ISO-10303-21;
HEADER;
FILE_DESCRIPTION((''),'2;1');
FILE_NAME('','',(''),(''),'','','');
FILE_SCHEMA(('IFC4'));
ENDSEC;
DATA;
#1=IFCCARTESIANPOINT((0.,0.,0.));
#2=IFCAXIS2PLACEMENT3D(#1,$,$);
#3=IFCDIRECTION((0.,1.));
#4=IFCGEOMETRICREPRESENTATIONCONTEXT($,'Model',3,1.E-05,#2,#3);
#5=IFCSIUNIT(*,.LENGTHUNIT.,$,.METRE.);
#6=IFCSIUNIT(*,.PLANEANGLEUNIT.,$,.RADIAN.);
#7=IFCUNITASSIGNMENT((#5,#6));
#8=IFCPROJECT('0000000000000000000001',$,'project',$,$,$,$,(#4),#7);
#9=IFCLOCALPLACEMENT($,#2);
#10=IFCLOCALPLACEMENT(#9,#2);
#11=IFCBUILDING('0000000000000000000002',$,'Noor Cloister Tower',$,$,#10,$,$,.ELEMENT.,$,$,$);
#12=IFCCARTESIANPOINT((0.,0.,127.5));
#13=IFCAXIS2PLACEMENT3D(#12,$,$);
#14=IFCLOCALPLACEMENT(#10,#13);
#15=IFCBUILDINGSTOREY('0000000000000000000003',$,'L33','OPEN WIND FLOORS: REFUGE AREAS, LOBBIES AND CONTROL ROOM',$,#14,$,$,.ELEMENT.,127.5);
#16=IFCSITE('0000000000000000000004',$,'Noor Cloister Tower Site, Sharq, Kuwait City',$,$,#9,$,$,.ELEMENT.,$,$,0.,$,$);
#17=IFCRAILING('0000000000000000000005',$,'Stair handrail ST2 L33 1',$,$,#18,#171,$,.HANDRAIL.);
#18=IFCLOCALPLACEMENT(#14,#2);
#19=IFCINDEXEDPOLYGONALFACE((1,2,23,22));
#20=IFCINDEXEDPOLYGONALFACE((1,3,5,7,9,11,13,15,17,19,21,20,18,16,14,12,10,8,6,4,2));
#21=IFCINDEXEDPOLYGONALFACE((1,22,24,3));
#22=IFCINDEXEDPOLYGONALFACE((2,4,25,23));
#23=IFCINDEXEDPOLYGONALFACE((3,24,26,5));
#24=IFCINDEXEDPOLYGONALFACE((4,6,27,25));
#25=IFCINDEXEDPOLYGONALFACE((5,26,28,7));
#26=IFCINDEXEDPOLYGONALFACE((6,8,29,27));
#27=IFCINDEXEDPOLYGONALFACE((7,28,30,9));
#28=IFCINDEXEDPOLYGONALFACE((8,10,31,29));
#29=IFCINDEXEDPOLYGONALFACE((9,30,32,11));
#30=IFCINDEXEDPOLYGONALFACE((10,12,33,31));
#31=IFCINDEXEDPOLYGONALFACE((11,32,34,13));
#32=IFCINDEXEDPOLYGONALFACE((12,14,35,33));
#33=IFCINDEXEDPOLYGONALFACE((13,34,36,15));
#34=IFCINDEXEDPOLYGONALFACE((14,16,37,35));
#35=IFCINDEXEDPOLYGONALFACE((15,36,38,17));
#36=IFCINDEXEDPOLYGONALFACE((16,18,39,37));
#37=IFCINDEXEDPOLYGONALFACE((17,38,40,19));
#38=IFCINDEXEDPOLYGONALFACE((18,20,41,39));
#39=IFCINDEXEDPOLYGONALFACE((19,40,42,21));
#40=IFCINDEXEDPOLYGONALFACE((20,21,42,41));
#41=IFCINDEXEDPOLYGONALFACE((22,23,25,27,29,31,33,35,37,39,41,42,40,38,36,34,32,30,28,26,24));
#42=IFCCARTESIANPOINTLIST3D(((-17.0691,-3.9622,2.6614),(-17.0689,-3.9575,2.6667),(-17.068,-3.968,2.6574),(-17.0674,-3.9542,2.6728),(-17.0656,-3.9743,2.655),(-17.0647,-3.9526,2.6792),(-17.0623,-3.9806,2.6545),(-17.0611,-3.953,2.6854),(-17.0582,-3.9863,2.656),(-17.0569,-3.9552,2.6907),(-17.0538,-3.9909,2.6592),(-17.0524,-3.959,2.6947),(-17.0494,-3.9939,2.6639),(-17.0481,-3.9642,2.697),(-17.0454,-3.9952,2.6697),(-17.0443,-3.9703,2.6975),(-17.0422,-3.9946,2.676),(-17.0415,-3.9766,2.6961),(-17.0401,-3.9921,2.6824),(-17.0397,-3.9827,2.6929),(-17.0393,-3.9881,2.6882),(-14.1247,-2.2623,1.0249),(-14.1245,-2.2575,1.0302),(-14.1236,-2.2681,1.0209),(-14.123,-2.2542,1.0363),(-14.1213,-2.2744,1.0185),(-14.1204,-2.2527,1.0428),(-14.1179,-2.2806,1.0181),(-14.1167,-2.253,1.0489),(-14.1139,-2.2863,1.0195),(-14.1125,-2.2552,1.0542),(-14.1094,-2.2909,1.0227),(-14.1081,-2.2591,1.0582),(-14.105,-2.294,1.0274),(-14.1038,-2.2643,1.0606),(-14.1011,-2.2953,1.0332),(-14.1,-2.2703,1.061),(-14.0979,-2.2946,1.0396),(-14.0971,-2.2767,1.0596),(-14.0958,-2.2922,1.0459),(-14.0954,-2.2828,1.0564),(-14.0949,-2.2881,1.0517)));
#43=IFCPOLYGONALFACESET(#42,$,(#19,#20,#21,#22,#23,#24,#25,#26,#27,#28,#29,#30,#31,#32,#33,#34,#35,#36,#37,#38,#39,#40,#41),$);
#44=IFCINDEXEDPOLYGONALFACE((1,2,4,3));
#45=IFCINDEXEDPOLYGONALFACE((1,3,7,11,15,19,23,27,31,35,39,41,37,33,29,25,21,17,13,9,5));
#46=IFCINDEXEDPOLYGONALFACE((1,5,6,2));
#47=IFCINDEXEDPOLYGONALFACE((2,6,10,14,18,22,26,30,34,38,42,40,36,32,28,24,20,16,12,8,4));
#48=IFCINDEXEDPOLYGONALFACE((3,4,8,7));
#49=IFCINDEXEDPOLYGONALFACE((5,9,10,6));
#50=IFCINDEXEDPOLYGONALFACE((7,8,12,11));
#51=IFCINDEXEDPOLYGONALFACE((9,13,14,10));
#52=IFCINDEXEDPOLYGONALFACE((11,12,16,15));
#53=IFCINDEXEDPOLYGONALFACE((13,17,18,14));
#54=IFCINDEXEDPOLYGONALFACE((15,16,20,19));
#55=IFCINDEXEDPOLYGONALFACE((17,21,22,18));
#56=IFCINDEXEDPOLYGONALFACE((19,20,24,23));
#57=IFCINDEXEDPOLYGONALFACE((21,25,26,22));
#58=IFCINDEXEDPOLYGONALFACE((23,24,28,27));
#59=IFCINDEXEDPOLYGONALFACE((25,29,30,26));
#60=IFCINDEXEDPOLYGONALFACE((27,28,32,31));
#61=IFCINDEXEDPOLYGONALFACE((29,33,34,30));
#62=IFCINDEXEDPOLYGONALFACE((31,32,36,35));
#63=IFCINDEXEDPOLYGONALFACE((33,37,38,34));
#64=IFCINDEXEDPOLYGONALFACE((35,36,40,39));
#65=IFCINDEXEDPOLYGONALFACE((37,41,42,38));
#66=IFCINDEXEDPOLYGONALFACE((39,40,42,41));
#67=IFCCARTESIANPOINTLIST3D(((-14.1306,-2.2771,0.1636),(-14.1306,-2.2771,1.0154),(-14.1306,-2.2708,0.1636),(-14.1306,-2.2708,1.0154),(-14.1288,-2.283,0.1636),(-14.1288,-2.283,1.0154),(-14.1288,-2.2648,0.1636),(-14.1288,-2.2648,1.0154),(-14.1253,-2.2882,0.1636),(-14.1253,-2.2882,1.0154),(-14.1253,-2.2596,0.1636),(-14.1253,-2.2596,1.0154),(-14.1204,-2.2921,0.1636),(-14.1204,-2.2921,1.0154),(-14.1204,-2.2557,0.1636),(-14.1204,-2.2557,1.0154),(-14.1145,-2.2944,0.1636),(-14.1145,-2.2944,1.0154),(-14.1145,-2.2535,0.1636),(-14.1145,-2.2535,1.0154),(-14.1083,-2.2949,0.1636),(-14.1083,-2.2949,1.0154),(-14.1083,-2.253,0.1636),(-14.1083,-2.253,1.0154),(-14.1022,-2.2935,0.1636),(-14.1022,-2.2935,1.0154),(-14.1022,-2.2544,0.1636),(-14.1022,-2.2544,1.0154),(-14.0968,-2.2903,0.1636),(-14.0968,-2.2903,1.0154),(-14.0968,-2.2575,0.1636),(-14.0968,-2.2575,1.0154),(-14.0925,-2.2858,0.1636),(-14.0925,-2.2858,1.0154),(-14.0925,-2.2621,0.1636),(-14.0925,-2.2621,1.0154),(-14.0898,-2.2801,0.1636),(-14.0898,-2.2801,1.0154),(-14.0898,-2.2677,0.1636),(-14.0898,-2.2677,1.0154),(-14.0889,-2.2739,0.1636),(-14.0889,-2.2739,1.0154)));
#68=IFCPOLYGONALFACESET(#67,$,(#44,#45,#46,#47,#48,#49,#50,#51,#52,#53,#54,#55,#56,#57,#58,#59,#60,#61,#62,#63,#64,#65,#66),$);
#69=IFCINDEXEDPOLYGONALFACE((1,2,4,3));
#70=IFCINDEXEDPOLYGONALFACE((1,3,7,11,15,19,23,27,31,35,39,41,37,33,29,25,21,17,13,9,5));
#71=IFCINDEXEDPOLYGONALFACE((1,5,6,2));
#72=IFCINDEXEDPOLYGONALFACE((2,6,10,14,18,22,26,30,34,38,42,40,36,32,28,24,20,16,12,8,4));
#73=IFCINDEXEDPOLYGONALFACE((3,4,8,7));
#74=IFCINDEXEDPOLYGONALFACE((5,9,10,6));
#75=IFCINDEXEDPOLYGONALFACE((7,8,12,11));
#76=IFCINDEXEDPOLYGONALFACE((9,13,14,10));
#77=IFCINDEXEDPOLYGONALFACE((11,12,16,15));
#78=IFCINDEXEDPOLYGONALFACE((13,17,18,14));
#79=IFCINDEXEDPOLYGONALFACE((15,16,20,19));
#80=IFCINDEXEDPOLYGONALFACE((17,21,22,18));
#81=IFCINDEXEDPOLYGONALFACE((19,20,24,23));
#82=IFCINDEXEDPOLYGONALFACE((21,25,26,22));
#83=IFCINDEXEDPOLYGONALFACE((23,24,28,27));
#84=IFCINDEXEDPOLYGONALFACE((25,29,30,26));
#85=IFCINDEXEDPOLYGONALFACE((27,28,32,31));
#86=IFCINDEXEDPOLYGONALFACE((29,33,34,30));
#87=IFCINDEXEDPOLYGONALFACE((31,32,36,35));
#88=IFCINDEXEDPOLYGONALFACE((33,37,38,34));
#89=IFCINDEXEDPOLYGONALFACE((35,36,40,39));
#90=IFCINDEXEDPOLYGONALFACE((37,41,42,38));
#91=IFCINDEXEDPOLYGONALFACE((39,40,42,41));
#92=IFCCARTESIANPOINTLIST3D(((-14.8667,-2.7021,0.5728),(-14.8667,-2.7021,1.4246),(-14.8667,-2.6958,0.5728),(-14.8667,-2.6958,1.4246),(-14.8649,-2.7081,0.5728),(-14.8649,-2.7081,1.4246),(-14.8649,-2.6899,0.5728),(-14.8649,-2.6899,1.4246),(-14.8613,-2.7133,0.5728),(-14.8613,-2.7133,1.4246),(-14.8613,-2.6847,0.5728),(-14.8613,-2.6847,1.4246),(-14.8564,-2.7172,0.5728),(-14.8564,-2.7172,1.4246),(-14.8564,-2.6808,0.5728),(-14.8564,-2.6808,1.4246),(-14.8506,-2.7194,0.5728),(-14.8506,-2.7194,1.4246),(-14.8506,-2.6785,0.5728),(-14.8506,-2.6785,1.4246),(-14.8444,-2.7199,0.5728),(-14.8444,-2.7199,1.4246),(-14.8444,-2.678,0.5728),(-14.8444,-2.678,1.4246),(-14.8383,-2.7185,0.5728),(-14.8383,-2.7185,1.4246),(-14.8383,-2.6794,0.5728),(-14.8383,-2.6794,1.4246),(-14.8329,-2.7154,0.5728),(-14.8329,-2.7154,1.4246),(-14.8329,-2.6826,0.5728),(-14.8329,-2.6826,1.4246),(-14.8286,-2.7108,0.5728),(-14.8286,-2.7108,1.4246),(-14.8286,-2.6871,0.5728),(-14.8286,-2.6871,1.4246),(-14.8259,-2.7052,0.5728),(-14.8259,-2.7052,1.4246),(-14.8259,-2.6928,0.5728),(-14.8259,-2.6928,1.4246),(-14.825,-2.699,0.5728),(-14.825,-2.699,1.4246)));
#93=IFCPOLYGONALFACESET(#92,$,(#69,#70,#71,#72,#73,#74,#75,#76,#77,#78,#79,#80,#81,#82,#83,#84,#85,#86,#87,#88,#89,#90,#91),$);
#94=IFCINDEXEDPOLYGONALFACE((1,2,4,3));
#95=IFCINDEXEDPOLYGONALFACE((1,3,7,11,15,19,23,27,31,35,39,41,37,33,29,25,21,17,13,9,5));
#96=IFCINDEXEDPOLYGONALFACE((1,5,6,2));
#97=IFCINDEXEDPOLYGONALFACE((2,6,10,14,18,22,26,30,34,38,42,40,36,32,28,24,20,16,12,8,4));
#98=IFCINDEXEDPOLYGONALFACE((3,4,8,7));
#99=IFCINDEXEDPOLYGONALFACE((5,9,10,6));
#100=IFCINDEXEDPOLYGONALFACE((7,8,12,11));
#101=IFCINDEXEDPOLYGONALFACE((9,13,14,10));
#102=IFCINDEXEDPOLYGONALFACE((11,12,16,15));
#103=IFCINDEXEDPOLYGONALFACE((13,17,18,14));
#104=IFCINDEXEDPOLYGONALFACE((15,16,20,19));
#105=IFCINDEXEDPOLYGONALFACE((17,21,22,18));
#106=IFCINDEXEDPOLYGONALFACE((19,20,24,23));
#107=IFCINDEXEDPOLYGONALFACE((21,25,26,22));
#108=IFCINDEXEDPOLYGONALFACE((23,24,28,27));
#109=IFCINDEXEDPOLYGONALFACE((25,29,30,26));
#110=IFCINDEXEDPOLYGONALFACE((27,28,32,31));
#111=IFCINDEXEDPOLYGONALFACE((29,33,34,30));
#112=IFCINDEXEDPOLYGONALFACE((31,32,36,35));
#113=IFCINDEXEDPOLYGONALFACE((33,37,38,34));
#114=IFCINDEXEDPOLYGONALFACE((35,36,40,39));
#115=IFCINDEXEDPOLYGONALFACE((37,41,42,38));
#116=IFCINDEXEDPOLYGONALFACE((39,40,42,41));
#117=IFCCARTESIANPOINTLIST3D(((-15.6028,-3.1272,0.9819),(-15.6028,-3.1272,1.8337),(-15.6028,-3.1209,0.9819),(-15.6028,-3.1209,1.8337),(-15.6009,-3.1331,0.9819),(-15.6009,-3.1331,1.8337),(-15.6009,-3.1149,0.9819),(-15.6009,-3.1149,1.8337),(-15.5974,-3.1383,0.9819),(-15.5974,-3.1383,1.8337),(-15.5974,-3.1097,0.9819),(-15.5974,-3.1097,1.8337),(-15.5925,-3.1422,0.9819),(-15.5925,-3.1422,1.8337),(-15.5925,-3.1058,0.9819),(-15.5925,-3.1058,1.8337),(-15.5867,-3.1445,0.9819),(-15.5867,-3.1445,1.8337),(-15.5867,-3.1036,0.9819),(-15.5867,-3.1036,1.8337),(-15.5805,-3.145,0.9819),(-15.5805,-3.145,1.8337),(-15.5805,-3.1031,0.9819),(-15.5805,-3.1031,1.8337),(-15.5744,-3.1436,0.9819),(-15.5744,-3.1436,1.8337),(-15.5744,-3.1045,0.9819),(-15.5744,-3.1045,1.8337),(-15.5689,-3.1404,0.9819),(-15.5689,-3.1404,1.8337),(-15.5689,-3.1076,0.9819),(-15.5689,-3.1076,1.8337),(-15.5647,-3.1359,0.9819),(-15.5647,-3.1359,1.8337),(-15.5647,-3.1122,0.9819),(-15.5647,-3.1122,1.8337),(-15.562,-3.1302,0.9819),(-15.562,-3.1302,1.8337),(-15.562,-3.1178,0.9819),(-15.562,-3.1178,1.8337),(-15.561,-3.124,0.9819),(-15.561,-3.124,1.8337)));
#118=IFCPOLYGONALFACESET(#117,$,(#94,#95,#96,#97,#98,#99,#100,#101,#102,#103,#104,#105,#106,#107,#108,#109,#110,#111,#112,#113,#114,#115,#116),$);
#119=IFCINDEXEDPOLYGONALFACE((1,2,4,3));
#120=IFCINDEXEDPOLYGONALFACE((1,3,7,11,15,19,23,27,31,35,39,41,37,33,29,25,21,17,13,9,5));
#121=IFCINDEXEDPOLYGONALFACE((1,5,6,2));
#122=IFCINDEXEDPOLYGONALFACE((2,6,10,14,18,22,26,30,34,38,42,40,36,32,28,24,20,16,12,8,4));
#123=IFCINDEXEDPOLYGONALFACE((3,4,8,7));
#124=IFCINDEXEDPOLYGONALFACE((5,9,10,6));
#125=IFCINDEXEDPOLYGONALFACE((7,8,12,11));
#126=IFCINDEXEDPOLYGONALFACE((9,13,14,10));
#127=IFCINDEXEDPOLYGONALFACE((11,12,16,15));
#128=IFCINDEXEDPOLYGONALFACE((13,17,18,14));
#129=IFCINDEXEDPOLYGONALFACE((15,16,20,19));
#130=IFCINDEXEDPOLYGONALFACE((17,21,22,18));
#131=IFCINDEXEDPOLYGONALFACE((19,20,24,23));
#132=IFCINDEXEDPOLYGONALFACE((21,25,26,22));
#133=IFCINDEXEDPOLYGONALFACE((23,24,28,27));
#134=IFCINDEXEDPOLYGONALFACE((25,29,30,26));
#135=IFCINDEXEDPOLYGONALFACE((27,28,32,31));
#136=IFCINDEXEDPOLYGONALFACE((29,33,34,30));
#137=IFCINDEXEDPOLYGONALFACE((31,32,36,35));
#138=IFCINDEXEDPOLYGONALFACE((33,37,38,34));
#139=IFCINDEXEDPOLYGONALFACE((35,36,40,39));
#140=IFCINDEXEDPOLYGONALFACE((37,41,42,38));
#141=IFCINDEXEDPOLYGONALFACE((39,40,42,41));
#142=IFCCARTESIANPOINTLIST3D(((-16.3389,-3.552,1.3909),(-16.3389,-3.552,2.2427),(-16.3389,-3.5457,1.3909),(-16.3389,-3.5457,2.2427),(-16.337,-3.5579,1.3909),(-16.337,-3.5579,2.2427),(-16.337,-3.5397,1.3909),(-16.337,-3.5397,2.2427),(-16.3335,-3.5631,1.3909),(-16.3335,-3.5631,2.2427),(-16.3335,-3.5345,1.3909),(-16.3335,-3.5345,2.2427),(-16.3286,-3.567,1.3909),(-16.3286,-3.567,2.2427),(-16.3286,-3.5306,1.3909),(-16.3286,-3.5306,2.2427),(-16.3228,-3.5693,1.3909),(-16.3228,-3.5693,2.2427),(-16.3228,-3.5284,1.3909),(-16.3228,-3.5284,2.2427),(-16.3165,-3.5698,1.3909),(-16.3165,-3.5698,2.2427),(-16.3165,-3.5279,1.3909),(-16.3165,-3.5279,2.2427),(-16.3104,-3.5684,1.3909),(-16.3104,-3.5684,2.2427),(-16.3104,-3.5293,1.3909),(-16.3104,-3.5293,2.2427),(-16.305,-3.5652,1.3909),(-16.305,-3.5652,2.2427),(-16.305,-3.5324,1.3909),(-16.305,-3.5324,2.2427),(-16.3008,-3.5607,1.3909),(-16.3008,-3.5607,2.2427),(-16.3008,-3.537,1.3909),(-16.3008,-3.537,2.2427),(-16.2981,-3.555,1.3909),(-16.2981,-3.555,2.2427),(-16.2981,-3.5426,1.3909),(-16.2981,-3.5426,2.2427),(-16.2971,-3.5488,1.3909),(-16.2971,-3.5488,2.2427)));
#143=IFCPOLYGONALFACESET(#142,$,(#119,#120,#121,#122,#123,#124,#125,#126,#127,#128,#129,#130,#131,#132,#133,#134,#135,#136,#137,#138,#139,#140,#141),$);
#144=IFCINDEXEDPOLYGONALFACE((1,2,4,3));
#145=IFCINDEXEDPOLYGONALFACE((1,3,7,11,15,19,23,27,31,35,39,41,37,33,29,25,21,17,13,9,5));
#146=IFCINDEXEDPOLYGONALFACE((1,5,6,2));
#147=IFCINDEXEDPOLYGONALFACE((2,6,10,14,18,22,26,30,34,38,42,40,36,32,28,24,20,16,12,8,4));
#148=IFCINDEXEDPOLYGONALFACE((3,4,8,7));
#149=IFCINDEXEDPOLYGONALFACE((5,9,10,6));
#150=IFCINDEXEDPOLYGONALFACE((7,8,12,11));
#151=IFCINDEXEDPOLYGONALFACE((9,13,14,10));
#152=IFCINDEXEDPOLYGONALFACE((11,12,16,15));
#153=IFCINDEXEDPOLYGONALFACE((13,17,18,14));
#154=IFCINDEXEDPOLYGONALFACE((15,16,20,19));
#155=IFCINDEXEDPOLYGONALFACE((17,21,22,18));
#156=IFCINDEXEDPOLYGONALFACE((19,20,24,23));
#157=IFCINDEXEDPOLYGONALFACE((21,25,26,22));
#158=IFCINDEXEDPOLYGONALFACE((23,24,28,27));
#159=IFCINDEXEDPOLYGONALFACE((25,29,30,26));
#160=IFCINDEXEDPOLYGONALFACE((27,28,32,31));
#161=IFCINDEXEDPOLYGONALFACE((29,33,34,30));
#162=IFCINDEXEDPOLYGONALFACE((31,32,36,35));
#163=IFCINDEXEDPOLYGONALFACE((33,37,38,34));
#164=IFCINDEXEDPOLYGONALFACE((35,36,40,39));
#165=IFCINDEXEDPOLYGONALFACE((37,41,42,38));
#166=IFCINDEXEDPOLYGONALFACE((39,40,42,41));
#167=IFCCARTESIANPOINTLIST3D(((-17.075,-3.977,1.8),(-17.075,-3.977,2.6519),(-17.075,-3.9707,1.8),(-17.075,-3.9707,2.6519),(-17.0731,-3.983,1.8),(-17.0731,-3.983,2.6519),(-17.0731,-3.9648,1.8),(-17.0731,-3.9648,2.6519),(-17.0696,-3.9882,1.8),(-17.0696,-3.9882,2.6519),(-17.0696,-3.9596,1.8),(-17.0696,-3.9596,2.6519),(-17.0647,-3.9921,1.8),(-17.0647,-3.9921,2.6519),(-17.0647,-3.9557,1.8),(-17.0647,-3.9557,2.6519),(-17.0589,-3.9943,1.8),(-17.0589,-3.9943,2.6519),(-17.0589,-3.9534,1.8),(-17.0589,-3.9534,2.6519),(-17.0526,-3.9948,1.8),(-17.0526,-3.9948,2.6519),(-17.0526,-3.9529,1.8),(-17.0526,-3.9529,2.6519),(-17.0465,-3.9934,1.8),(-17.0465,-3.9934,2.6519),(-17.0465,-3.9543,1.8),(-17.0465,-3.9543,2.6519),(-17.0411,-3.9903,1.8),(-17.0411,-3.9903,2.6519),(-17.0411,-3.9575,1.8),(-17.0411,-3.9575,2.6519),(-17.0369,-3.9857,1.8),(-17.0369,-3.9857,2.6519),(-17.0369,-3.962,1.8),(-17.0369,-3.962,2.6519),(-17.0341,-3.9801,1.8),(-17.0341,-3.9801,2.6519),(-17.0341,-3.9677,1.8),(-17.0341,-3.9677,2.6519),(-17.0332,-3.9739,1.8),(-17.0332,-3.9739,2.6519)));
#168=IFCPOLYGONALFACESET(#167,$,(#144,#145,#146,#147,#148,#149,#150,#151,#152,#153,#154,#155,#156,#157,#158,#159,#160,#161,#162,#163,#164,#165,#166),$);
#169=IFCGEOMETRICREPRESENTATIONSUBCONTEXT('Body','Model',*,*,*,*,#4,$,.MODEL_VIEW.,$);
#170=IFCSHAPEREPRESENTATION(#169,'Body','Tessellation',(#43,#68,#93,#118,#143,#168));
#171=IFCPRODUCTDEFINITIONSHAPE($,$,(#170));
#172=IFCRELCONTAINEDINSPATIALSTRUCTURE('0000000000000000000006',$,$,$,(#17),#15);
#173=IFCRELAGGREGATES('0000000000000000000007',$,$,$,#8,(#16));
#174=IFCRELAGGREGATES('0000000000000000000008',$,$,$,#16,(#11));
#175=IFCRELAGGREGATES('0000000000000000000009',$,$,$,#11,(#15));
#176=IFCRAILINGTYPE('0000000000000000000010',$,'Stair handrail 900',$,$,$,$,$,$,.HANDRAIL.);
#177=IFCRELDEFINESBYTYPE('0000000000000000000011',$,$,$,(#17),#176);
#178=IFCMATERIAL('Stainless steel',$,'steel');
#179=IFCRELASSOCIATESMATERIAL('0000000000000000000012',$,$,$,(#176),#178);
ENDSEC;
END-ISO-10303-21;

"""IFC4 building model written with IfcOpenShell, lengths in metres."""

from ifc_helpers import new_model, si_unit, direction, frame, origin, origin_2d, place, context, subcontext, project, spatial, circle, extrude, material, type_object, element, save


model = new_model("IFC4")

# Units and contexts
model_context = context("Model", 3, precision=1e-05, world=origin(), true_north=direction((0.0, 1.0)))
body_context = subcontext(model_context, "Body", "Model", "MODEL_VIEW")
ifc_project = project(units=[si_unit("LENGTHUNIT", "METRE"), si_unit("PLANEANGLEUNIT", "RADIAN")], contexts=[model_context])

# Site, building, storey
site_placement = place(None, origin())
site = spatial("IfcSite", under=ifc_project, at=site_placement, Name="Noor Cloister Tower Site, Sharq, Kuwait City", CompositionType="ELEMENT", RefElevation=0.0)
building_placement = place(site_placement, origin())
building = spatial("IfcBuilding", under=site, at=building_placement, Name="Noor Cloister Tower", CompositionType="ELEMENT")
storey_placement = place(building_placement, frame((0.0, 0.0, 127.5)))
storey = spatial("IfcBuildingStorey", under=building, at=storey_placement, Name="L33", Description="OPEN WIND FLOORS: REFUGE AREAS, LOBBIES AND CONTROL ROOM", CompositionType="ELEMENT", Elevation=127.5)

# Railing
ifc_material_1 = material(Name="Stainless steel", Category="steel")
railing_type_1 = type_object("IfcRailingType", Name="Stair handrail 900", PredefinedType="HANDRAIL", material=ifc_material_1)
railing_1_placement = place(storey_placement, frame((-14.1099, -2.2739, 0.1636)))
element("IfcRailing", 1, at=railing_1_placement, inside=storey, type_object=railing_type_1, Name="Stair handrail ST2 L33 1", PredefinedType="HANDRAIL", context=body_context, shape_type="SweptSolid", body=[
    extrude(circle(Radius=0.0239, at=origin_2d()), frame((0.0, 0.0, 0.876), z_axis=(-0.78033, -0.450534, 0.433711), x_axis=(0.500008, -0.866021, 0.0)), (0.0, 0.0, 1.0), 3.7732),
    extrude(circle(Radius=0.021, at=origin_2d()), origin(), (0.0, 0.0, 1.0), 0.8518),
    extrude(circle(Radius=0.021, at=origin_2d()), frame((-0.7361, -0.425, 0.4092)), (0.0, 0.0, 1.0), 0.8518),
    extrude(circle(Radius=0.021, at=origin_2d()), frame((-1.4722, -0.8501, 0.8184)), (0.0, 0.0, 1.0), 0.8518),
    extrude(circle(Radius=0.021, at=origin_2d()), frame((-2.2083, -1.2749, 1.2273)), (0.0, 0.0, 1.0), 0.8518),
    extrude(circle(Radius=0.021, at=origin_2d()), frame((-2.9443, -1.7, 1.6365)), (0.0, 0.0, 1.0), 0.8518),
])

save(model, "model.ifc")
